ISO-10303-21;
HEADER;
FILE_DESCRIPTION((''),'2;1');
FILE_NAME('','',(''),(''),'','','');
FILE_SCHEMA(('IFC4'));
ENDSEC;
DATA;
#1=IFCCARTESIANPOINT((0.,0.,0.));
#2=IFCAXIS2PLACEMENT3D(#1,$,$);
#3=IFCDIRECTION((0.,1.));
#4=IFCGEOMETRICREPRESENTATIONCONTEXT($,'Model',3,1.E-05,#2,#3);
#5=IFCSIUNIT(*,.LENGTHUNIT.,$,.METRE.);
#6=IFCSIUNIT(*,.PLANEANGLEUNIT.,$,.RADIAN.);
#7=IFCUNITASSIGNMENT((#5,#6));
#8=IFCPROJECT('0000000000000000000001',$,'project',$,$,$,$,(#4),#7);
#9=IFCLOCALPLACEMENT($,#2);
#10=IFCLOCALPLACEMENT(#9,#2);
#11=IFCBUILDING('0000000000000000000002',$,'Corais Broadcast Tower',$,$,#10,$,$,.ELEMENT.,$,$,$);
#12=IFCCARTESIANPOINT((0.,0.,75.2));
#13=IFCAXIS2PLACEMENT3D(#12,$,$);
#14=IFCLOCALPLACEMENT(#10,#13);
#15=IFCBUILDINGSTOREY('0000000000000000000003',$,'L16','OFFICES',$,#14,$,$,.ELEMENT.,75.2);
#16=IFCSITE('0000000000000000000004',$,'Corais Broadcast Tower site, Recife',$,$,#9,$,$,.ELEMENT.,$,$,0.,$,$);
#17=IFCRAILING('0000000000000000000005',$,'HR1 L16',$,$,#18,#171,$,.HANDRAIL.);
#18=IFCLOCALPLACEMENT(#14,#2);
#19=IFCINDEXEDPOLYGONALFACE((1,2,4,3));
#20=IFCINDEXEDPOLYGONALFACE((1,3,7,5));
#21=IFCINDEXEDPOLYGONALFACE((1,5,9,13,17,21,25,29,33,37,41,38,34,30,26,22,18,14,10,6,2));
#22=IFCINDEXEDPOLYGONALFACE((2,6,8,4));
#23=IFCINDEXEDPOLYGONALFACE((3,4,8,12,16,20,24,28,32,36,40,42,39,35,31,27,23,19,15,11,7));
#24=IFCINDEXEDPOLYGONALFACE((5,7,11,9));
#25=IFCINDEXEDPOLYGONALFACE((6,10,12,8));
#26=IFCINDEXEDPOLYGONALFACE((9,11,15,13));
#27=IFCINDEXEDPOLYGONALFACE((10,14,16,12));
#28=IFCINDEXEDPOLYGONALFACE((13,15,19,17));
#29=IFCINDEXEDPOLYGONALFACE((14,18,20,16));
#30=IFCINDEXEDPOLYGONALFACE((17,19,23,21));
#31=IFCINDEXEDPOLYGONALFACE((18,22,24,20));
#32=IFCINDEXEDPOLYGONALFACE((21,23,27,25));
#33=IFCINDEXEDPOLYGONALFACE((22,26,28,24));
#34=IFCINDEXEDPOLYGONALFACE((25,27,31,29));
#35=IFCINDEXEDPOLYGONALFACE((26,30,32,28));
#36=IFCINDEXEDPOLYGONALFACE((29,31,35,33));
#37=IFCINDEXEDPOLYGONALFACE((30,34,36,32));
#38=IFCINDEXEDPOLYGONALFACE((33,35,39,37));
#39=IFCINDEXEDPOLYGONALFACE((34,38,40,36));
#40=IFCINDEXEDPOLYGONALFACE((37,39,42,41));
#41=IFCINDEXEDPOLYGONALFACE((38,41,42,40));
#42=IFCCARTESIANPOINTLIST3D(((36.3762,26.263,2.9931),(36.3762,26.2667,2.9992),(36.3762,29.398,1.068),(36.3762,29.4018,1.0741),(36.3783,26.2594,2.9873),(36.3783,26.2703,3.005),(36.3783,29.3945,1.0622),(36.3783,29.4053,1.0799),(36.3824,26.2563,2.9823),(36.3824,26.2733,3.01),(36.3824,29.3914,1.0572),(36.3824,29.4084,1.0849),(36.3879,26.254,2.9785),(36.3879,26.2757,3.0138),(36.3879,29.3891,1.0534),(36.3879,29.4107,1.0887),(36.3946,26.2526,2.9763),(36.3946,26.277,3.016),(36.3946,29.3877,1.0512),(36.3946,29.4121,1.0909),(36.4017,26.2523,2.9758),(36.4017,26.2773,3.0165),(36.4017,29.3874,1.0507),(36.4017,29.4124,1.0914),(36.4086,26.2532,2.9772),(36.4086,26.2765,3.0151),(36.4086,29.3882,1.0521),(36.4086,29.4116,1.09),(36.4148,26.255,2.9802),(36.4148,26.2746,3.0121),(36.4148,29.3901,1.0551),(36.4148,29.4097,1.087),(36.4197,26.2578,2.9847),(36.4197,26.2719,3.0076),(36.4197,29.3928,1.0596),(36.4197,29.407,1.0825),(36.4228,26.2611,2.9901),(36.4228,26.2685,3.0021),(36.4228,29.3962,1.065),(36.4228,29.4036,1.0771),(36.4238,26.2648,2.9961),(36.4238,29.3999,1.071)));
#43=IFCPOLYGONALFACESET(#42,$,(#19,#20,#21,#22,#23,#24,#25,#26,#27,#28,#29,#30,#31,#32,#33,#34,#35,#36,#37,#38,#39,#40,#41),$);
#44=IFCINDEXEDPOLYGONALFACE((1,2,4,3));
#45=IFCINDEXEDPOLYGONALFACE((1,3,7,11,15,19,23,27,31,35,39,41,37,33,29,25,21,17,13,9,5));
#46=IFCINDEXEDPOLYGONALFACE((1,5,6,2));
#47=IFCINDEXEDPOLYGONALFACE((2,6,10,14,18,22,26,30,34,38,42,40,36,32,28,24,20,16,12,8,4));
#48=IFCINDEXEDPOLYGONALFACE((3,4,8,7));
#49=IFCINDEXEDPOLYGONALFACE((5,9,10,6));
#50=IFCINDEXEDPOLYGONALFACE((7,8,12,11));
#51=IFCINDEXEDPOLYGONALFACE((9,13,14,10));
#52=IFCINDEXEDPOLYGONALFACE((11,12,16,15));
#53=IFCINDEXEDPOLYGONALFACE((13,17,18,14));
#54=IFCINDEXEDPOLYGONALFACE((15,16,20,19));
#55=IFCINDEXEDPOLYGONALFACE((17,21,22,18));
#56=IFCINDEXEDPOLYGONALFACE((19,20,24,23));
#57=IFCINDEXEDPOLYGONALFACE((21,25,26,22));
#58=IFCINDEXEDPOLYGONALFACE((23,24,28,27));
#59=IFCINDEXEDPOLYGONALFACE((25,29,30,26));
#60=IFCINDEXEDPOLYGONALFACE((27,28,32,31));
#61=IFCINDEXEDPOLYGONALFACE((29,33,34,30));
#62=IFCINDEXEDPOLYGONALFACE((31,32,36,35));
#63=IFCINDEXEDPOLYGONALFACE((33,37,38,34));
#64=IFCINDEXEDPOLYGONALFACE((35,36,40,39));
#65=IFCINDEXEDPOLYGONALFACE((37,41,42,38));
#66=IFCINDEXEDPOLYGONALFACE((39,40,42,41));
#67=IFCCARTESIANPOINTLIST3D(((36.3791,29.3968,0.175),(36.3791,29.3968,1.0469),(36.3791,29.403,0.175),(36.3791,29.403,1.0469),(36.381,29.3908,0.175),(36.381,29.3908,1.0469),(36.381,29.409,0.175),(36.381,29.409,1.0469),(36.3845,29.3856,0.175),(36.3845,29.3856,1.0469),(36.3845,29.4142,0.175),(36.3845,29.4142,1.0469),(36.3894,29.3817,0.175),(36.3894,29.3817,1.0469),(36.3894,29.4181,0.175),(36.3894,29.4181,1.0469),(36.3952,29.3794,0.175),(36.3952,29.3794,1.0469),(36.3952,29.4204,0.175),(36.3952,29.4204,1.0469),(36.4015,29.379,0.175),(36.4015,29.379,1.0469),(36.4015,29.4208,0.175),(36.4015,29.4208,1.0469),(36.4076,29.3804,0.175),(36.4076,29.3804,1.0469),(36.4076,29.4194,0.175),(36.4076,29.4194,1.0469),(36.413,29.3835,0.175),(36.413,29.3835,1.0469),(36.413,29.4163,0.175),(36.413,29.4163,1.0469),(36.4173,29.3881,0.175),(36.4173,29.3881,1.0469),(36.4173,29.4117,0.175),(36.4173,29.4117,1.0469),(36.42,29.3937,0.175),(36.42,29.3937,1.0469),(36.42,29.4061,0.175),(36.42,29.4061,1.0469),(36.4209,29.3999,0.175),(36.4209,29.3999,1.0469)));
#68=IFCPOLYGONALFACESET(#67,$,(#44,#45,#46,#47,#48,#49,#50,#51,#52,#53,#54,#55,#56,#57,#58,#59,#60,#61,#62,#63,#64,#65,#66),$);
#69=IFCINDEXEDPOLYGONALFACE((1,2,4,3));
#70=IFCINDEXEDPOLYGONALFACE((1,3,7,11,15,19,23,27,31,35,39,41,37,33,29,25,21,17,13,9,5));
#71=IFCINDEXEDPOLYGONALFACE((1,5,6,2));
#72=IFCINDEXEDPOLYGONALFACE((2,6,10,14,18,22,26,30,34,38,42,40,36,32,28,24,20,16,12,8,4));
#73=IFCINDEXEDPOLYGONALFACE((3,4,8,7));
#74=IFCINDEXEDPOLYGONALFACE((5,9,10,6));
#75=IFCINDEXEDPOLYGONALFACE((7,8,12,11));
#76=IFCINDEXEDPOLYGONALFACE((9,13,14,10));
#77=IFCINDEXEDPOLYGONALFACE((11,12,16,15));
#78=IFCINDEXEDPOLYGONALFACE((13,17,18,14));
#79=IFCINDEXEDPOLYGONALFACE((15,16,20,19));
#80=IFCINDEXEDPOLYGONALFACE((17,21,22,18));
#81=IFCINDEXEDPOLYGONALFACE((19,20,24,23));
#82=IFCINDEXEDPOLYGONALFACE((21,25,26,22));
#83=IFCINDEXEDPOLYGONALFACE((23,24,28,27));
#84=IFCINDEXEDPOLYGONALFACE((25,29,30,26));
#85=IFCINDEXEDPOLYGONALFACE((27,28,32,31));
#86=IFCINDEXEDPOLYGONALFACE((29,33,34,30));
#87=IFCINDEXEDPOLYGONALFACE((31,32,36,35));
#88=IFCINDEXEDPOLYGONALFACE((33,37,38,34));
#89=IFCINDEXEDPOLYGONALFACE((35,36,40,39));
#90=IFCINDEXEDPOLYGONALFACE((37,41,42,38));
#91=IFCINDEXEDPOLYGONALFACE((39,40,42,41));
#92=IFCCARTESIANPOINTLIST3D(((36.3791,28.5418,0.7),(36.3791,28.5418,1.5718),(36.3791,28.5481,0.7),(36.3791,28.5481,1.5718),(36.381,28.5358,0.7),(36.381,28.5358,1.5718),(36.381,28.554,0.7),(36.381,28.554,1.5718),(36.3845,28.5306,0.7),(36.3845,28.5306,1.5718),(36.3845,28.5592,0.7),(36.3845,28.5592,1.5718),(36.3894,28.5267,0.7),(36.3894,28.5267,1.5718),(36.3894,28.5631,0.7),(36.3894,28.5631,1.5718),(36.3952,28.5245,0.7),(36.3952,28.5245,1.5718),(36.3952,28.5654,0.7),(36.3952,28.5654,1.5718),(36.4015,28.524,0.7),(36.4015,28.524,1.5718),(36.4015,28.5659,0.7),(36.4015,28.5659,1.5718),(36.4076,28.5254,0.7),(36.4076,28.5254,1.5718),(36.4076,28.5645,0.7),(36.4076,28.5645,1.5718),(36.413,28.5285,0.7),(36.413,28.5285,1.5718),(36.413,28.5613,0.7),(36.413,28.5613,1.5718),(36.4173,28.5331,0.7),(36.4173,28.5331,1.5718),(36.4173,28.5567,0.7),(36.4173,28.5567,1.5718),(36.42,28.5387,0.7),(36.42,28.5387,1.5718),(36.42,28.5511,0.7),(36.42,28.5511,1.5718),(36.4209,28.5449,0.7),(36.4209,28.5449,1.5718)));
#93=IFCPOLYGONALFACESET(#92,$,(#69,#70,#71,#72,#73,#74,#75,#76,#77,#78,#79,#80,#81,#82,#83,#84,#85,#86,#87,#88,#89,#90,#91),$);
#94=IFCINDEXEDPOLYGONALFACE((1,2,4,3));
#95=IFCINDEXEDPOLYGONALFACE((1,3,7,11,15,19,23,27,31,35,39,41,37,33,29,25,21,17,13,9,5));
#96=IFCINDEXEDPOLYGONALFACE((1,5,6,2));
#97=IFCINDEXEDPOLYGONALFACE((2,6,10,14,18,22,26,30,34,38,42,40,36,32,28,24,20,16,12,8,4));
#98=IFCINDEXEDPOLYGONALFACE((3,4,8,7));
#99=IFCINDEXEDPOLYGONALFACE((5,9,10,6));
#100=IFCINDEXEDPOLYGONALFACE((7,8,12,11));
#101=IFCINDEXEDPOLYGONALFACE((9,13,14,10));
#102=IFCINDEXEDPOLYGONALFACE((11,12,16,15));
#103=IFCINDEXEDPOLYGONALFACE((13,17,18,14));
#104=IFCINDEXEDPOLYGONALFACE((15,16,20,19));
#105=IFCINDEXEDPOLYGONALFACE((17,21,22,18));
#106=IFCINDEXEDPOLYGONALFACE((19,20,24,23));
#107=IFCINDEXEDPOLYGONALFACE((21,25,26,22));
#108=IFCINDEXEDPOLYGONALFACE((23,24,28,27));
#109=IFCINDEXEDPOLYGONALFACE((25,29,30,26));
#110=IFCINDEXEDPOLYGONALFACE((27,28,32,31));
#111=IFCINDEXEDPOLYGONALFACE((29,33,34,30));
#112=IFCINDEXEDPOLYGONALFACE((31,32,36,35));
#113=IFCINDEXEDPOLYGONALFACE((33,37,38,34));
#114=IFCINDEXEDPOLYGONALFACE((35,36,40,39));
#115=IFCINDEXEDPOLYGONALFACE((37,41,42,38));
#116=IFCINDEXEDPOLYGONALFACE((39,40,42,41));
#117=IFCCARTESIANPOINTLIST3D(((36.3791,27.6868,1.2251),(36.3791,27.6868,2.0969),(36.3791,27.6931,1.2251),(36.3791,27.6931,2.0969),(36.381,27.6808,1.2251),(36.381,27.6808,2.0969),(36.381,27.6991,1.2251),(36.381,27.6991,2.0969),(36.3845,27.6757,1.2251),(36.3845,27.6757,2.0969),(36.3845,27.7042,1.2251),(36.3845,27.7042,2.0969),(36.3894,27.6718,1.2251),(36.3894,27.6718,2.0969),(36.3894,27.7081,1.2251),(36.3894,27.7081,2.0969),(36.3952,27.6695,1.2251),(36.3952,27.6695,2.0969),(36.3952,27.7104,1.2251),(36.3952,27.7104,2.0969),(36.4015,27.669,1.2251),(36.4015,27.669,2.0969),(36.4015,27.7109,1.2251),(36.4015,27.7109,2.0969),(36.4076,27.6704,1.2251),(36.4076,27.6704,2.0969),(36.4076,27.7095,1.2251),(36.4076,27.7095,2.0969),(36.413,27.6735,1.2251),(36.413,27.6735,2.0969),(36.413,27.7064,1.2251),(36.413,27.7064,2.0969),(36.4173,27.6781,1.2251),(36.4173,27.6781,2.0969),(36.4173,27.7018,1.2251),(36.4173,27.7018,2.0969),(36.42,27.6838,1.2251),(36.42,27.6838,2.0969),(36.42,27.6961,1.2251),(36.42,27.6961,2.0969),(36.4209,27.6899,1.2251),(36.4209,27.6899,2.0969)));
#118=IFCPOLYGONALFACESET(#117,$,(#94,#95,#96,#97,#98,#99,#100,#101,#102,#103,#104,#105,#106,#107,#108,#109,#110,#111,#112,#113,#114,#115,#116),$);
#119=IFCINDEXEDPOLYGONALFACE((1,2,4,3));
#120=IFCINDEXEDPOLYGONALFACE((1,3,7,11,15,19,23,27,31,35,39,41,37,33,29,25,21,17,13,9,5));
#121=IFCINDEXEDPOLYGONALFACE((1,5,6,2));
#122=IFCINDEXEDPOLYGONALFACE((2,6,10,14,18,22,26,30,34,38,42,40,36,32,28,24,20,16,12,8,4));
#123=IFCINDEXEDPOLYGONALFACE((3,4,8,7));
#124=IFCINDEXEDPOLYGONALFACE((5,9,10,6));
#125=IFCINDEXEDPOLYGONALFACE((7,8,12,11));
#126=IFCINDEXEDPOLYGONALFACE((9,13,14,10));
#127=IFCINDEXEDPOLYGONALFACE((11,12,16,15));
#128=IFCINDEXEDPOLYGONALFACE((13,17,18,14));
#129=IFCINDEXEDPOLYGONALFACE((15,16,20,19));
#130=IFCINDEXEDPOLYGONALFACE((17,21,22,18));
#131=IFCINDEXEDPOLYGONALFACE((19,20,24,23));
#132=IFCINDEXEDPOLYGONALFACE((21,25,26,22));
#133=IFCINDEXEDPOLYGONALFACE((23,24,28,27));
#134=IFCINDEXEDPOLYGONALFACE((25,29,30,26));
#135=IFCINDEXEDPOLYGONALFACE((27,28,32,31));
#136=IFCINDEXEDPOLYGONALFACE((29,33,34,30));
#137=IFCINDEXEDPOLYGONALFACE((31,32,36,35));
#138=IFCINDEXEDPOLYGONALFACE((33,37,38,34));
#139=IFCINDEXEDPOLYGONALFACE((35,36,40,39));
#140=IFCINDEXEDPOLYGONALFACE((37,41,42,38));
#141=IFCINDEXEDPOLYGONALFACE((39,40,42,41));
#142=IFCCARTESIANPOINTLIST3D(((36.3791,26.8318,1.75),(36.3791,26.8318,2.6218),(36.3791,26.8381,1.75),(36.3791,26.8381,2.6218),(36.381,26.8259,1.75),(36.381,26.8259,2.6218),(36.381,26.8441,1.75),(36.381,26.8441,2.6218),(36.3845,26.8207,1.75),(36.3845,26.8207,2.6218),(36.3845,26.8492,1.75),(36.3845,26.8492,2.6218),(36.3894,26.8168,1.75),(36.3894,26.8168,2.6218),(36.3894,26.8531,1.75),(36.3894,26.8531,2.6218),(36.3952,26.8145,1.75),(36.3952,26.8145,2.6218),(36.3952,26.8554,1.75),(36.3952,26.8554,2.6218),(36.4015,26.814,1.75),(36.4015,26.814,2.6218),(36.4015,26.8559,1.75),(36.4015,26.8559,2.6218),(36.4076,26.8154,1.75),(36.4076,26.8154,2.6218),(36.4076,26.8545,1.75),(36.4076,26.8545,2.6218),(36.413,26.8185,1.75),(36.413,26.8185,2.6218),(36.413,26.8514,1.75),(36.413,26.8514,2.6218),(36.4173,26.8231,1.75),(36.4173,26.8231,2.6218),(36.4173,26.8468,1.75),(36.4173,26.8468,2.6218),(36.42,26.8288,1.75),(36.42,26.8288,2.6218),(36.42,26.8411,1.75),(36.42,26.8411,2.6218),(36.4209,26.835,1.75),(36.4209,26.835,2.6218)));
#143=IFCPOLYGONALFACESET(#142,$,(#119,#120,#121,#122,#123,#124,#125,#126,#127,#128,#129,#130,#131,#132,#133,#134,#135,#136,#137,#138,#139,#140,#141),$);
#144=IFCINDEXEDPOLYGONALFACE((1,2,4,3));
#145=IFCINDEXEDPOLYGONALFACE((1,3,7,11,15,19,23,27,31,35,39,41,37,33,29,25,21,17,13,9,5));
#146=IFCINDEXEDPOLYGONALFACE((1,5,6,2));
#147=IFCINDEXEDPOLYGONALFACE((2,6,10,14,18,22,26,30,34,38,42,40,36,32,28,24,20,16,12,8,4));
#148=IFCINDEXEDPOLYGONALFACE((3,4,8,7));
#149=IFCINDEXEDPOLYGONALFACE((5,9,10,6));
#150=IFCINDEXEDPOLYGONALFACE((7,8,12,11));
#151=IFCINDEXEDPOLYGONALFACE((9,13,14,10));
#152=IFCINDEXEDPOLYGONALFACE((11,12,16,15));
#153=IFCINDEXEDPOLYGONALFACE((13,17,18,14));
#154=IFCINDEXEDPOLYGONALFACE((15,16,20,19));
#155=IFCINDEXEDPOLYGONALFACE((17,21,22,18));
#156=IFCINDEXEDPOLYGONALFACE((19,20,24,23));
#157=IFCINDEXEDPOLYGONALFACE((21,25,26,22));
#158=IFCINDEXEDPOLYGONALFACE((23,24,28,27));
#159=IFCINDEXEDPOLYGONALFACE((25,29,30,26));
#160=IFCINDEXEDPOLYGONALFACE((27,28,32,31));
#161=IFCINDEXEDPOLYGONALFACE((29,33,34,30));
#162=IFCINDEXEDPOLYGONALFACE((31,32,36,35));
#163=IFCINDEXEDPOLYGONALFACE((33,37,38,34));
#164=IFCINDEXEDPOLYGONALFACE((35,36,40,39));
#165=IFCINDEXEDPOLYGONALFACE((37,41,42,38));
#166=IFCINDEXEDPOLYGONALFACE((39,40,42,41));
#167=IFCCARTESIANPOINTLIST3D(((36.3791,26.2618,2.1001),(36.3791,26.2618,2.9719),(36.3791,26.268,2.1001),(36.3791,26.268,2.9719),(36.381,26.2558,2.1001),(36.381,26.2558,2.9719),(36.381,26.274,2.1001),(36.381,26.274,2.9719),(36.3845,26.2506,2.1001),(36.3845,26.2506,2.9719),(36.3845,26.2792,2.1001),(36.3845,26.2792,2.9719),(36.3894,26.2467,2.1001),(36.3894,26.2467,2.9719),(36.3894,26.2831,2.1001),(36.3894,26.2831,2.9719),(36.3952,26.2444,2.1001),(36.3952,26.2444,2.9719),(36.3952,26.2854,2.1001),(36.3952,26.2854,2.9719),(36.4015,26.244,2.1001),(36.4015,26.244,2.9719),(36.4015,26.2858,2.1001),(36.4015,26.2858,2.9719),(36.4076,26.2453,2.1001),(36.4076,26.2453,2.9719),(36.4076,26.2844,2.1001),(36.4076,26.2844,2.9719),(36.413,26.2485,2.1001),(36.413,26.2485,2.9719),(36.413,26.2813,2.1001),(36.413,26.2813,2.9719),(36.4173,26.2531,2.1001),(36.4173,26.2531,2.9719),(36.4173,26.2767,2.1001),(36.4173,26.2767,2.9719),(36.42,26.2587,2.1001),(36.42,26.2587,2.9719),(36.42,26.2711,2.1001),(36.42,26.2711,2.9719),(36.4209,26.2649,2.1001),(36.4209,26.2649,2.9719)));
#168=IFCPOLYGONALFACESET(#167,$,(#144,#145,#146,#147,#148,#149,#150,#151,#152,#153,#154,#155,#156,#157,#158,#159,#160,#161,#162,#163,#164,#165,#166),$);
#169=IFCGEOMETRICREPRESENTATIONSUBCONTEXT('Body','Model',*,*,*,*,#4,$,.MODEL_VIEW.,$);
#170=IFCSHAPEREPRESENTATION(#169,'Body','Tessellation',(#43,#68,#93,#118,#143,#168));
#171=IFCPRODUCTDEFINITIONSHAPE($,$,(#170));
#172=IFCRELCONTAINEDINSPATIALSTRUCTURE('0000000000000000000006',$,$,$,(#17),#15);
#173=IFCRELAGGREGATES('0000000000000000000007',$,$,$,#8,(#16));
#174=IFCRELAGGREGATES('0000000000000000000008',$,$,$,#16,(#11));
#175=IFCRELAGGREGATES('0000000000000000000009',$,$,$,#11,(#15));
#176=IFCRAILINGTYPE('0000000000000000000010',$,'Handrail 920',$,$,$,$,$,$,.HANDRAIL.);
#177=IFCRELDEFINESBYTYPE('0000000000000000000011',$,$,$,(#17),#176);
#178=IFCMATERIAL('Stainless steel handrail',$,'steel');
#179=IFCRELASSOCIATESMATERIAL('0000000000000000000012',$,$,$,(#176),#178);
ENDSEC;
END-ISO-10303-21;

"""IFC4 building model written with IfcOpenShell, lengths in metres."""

from ifc_helpers import new_model, si_unit, direction, frame, origin, origin_2d, place, context, subcontext, project, spatial, circle, extrude, material, type_object, element, save


model = new_model("IFC4")

# Units and contexts
model_context = context("Model", 3, precision=1e-05, world=origin(), true_north=direction((0.0, 1.0)))
body_context = subcontext(model_context, "Body", "Model", "MODEL_VIEW")
ifc_project = project(units=[si_unit("LENGTHUNIT", "METRE"), si_unit("PLANEANGLEUNIT", "RADIAN")], contexts=[model_context])

# Site, building, storey
site_placement = place(None, origin())
site = spatial("IfcSite", under=ifc_project, at=site_placement, Name="Corais Broadcast Tower site, Recife", CompositionType="ELEMENT", RefElevation=0.0)
building_placement = place(site_placement, origin())
building = spatial("IfcBuilding", under=site, at=building_placement, Name="Corais Broadcast Tower", CompositionType="ELEMENT")
storey_placement = place(building_placement, frame((0.0, 0.0, 75.2)))
storey = spatial("IfcBuildingStorey", under=building, at=storey_placement, Name="L16", Description="OFFICES", CompositionType="ELEMENT", Elevation=75.2)

# Railing
ifc_material_1 = material(Name="Stainless steel handrail", Category="steel")
railing_type = type_object("IfcRailingType", Name="Handrail 920", PredefinedType="HANDRAIL", material=ifc_material_1)
for number, where, name in (
    (1, (36.3999, 29.3999, 0.175), "HR1 L16"),
):
    element("IfcRailing", number, at=place(storey_placement, frame(where)), inside=storey, type_object=railing_type, Name=name, PredefinedType="HANDRAIL", context=body_context, shape_type="SweptSolid", body=[
        extrude(circle(Radius=0.0239, at=origin_2d()), frame((0.0, 0.0, 0.896), z_axis=(0.0, -0.852166, 0.523271), x_axis=(1.0, 0.0, 0.0)), (0.0, 0.0, 1.0), 3.679),
        extrude(circle(Radius=0.021, at=origin_2d()), origin(), (0.0, 0.0, 1.0), 0.8718),
        extrude(circle(Radius=0.021, at=origin_2d()), frame((0.0, -0.855, 0.5249)), (0.0, 0.0, 1.0), 0.8718),
        extrude(circle(Radius=0.021, at=origin_2d()), frame((0.0, -1.71, 1.05)), (0.0, 0.0, 1.0), 0.8718),
        extrude(circle(Radius=0.021, at=origin_2d()), frame((0.0, -2.5649, 1.575)), (0.0, 0.0, 1.0), 0.8718),
        extrude(circle(Radius=0.021, at=origin_2d()), frame((0.0, -3.135, 1.925)), (0.0, 0.0, 1.0), 0.8718),
    ])

save(model, "model.ifc")
